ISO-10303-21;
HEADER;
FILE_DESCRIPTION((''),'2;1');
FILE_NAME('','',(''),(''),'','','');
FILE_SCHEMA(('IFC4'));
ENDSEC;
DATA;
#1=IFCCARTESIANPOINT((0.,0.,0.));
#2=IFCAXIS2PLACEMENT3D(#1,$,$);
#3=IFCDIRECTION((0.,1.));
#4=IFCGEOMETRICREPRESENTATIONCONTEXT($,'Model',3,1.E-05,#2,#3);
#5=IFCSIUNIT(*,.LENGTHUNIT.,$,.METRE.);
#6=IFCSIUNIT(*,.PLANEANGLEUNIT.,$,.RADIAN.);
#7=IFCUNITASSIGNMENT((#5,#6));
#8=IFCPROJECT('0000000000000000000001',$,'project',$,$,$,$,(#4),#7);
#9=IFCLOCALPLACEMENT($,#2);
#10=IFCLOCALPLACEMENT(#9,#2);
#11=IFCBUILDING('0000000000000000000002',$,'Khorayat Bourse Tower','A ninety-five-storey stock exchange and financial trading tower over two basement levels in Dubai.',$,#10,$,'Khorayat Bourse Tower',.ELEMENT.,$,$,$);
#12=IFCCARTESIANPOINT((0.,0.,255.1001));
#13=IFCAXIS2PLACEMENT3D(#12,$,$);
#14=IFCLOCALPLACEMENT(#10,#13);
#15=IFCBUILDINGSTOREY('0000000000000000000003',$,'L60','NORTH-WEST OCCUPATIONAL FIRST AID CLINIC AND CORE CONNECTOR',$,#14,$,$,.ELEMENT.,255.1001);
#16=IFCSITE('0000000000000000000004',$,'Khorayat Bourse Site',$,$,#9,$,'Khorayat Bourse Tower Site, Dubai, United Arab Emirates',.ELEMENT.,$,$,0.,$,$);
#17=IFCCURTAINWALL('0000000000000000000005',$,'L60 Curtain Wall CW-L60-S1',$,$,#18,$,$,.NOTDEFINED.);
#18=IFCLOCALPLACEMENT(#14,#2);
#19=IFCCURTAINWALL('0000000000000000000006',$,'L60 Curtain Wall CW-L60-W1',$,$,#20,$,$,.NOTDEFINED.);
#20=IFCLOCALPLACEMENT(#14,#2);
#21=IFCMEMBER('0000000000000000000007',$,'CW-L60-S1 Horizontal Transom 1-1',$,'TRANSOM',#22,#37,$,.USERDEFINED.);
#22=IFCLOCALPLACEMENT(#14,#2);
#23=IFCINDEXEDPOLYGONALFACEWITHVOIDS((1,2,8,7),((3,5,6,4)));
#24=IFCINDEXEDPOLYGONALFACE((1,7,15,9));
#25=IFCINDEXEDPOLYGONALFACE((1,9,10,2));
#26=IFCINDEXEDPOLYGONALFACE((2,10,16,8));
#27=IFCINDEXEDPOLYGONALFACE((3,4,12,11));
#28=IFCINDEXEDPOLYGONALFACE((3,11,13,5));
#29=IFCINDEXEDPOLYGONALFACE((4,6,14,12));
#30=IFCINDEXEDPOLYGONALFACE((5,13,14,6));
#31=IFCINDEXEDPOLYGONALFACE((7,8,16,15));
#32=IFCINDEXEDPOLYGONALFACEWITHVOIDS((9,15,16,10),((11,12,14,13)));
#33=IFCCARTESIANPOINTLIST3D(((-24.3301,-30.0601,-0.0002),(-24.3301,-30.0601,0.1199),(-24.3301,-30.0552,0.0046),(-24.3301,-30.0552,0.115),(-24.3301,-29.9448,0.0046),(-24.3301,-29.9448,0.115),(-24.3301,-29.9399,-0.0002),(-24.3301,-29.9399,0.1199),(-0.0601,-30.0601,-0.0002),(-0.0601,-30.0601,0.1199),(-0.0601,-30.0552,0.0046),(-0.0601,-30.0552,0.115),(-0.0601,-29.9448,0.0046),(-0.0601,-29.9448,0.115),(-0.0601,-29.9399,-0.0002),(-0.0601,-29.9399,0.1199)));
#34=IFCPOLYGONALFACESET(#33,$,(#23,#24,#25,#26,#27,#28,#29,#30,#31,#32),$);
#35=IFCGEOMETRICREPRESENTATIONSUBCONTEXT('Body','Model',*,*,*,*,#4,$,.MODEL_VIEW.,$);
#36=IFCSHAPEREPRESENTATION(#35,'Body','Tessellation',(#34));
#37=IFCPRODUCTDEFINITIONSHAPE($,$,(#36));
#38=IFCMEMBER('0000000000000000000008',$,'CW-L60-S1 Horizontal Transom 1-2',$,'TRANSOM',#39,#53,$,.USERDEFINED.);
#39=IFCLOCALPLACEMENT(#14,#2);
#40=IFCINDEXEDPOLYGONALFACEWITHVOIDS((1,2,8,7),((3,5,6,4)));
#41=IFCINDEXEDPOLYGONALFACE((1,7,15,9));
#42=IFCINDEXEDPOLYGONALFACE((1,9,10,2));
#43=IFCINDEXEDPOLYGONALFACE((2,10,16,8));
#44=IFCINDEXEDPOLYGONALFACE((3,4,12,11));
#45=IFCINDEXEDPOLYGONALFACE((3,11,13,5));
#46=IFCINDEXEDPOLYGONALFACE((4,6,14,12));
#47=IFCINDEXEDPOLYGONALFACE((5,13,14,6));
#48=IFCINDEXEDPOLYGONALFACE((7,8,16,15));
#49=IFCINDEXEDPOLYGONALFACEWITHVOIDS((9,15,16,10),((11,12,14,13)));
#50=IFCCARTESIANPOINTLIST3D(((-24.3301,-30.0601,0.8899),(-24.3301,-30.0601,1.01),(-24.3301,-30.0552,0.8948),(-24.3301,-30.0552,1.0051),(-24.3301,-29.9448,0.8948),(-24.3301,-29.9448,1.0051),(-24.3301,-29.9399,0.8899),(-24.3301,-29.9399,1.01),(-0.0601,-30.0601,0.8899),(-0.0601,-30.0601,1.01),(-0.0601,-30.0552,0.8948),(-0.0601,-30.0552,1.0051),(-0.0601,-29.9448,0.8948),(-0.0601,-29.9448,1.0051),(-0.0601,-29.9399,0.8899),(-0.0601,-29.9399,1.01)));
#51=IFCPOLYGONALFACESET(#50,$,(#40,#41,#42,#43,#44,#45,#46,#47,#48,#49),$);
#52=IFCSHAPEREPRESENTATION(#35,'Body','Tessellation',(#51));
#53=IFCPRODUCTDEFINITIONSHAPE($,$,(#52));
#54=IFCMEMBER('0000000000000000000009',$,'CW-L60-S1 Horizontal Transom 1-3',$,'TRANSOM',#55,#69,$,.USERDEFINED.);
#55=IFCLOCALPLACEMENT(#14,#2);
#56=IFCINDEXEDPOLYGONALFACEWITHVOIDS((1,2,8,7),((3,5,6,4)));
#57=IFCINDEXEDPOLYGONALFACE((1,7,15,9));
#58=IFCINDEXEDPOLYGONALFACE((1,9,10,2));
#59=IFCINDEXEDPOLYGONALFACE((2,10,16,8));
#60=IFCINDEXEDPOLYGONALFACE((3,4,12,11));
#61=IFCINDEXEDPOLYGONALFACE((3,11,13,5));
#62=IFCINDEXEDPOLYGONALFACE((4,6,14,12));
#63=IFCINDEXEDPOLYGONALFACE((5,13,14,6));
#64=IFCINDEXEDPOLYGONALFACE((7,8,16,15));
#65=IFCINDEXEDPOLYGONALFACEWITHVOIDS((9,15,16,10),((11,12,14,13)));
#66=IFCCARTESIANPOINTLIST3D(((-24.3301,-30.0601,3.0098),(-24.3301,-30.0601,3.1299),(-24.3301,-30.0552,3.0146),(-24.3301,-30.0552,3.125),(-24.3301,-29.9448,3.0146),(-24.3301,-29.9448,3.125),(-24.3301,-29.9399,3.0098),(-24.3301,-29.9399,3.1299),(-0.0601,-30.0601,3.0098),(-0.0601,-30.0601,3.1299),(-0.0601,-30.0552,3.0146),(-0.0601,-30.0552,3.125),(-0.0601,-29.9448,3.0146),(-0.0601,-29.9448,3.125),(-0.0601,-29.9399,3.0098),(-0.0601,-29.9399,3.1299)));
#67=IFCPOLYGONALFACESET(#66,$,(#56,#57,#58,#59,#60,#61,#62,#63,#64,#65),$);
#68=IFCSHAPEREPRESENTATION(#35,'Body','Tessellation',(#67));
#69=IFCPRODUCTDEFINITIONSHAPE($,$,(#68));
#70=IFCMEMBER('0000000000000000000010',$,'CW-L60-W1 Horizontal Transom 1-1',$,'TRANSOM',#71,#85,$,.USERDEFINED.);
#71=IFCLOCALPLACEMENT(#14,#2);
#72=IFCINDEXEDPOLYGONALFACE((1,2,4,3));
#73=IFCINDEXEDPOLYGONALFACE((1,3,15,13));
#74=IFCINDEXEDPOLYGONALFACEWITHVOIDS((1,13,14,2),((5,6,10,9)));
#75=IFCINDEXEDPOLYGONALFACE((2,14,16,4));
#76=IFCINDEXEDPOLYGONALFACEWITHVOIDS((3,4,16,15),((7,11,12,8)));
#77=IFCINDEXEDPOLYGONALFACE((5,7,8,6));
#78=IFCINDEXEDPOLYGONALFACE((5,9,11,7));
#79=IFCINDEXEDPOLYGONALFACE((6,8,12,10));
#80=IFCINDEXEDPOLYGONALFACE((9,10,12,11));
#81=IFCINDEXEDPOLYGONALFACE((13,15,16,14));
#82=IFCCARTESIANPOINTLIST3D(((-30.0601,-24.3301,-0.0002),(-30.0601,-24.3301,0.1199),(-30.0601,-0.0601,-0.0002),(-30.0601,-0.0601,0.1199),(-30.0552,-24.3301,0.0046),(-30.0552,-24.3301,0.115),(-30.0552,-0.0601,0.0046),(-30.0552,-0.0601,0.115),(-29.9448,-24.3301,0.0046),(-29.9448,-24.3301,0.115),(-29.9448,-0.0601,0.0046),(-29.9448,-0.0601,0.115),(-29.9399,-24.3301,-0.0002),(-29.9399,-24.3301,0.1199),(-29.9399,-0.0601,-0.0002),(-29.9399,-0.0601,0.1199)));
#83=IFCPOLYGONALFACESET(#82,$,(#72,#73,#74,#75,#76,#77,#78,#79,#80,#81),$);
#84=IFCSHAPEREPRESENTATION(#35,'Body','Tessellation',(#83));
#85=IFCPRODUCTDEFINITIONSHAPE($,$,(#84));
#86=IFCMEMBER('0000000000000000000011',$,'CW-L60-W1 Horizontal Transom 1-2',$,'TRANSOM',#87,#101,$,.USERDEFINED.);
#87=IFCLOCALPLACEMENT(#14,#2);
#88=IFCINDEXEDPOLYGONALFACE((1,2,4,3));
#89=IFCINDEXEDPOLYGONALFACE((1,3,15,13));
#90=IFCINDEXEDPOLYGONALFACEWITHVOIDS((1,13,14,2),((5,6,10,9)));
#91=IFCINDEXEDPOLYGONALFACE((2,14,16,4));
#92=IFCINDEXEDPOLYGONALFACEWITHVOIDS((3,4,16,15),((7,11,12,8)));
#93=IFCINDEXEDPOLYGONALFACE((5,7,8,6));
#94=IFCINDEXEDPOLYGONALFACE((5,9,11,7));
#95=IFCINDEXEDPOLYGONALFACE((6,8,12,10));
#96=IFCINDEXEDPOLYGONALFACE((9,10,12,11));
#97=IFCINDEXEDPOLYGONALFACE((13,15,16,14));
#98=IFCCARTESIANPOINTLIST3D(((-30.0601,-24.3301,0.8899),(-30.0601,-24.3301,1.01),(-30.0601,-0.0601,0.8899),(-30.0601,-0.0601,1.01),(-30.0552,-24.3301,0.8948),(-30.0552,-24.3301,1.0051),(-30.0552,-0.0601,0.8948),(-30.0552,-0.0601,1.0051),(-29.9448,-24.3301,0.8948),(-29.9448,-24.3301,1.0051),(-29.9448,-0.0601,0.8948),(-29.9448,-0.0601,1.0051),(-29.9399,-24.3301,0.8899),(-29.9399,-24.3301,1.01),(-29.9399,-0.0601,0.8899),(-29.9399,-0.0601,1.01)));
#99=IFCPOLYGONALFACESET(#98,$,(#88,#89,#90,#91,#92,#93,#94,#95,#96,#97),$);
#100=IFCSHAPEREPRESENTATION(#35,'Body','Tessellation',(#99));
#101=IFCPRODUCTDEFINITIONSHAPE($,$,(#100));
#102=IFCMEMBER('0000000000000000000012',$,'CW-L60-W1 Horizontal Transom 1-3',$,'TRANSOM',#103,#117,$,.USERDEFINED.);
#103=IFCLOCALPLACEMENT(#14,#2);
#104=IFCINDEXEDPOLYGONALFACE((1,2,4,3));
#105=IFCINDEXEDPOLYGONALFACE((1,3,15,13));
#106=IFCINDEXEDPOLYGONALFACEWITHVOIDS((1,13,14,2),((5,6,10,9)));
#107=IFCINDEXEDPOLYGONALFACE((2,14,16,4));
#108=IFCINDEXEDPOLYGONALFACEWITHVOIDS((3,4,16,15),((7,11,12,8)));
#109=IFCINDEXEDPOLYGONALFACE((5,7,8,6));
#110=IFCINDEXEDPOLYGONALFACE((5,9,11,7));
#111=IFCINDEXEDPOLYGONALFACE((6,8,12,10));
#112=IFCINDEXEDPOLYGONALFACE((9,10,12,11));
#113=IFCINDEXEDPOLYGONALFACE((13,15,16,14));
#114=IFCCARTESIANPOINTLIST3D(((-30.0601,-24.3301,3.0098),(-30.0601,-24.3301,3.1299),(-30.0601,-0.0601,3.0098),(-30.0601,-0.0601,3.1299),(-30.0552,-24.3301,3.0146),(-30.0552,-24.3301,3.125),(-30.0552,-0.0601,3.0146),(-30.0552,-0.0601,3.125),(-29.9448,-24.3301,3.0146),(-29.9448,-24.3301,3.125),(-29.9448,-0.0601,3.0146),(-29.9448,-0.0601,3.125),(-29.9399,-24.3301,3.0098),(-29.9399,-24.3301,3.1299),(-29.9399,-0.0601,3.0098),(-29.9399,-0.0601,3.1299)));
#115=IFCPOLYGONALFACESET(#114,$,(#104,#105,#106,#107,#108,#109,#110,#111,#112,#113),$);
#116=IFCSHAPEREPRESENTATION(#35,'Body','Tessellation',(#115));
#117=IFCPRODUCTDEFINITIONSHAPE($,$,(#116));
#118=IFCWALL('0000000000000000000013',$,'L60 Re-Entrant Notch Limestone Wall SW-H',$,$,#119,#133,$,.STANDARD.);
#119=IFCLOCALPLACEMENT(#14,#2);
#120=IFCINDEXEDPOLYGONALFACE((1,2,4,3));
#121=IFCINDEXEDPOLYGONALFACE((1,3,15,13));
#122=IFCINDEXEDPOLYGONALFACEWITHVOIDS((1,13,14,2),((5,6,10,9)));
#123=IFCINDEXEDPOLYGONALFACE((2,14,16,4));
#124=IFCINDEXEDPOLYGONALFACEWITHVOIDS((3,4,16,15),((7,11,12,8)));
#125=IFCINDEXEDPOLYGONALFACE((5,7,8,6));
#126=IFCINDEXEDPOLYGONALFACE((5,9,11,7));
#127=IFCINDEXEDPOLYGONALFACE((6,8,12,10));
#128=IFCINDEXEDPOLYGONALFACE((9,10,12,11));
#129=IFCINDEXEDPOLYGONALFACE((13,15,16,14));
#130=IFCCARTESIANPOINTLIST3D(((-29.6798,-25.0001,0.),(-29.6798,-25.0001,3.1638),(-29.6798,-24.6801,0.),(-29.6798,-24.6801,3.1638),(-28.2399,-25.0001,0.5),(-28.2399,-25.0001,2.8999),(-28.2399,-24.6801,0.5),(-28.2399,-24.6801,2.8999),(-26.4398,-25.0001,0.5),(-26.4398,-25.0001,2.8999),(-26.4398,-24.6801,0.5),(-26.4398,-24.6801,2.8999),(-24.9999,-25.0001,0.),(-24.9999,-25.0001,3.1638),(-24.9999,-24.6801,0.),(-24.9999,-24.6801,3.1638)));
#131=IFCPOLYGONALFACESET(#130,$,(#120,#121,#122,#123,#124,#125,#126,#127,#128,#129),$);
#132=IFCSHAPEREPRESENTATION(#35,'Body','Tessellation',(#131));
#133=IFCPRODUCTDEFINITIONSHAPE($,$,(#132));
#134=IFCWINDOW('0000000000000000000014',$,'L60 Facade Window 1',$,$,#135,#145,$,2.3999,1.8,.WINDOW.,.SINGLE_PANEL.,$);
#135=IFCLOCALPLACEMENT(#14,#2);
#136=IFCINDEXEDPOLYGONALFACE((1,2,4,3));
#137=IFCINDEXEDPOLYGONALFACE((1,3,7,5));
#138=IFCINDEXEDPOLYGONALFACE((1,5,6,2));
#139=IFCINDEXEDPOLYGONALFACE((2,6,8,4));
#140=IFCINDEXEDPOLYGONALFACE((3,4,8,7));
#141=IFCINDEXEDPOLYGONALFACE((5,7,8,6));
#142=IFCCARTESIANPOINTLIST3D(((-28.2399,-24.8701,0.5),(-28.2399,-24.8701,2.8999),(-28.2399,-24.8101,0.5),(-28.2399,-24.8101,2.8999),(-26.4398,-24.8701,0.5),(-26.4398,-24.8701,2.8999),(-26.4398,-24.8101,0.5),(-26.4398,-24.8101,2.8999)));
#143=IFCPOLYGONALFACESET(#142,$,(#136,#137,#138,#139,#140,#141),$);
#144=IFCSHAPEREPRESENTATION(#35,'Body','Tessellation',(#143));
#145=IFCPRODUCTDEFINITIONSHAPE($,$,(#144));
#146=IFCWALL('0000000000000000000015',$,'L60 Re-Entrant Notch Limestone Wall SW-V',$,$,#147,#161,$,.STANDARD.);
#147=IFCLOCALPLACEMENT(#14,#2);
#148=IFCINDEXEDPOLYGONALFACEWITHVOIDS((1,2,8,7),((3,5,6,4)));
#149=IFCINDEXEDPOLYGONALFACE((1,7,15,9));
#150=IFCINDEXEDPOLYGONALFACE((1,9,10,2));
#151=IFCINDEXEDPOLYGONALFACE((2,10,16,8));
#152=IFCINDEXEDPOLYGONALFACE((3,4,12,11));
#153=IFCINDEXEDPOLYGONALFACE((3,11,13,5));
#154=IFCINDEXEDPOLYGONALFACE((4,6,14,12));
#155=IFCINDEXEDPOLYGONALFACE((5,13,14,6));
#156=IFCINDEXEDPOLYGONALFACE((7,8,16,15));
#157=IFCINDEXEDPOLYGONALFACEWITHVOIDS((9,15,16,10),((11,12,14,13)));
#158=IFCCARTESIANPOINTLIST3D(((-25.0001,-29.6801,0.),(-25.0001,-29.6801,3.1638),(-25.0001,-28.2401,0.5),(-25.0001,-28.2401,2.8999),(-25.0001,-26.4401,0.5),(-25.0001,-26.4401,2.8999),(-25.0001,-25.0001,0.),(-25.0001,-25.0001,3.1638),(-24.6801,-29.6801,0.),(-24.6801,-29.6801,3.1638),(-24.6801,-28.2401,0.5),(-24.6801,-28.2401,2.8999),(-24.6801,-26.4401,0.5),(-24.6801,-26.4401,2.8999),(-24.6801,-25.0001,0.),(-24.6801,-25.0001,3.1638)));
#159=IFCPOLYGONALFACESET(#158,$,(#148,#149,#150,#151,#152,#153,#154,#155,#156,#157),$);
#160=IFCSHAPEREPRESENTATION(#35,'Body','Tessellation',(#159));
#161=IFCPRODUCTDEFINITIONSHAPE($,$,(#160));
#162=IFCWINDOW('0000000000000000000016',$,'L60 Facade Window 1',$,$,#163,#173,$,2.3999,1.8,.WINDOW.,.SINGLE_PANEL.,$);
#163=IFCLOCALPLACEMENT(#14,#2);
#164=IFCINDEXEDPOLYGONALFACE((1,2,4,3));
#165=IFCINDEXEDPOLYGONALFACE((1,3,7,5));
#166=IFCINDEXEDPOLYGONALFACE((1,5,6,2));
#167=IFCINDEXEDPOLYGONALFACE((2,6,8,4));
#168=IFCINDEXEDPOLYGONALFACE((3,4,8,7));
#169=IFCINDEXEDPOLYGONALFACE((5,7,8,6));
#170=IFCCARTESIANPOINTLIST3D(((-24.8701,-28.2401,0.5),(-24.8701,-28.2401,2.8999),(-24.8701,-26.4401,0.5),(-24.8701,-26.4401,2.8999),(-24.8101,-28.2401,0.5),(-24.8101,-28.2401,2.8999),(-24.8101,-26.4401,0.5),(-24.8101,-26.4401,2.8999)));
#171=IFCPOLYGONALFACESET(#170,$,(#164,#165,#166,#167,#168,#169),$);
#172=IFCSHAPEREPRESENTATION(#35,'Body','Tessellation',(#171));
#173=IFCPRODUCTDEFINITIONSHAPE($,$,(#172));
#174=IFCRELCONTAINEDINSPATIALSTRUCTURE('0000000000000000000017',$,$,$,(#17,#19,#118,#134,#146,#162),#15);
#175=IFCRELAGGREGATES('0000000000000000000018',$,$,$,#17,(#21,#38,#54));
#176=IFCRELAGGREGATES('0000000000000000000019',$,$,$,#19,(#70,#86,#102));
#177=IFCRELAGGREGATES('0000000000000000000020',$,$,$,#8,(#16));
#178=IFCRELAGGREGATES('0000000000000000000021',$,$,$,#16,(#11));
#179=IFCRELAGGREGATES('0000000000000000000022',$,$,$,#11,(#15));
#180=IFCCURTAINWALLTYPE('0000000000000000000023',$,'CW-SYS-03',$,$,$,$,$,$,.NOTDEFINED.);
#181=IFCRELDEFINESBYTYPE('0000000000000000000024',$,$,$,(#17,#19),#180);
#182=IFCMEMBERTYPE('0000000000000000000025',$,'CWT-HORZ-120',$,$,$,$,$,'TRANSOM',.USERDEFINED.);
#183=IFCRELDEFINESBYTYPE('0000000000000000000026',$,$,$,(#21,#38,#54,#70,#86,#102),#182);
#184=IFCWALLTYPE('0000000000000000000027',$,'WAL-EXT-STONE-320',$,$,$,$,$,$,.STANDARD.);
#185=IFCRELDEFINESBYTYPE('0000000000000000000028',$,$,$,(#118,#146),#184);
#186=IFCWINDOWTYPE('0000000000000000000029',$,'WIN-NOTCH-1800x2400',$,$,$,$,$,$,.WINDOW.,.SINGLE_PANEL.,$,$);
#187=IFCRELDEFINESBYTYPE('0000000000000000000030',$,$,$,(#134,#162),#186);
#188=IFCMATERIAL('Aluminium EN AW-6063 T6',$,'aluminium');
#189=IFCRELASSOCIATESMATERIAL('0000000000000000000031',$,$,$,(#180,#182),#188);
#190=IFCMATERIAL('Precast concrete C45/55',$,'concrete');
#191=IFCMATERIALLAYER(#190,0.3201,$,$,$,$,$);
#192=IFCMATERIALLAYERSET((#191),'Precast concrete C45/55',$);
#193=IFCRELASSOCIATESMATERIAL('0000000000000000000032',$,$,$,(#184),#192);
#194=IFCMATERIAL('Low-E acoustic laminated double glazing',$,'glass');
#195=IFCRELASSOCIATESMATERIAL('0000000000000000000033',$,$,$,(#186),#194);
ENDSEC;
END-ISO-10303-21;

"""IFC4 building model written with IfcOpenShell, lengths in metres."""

from ifc_helpers import new_model, si_unit, direction, frame, frame_2d, origin, origin_2d, place, context, subcontext, project, spatial, rectangle, hollow_rectangle, extrude, source, transform, mapped, material, layer, layer_set, material_profile, profile_set, type_object, element, fill, aggregate, save


model = new_model("IFC4")

# Units and contexts
model_context = context("Model", 3, precision=1e-05, world=origin(), true_north=direction((0.0, 1.0)))
body_context = subcontext(model_context, "Body", "Model", "MODEL_VIEW")
ifc_project = project(units=[si_unit("LENGTHUNIT", "METRE"), si_unit("PLANEANGLEUNIT", "RADIAN")], contexts=[model_context])

# Site, building, storey
site_placement = place(None, origin())
site = spatial("IfcSite", under=ifc_project, at=site_placement, Name="Khorayat Bourse Site", LongName="Khorayat Bourse Tower Site, Dubai, United Arab Emirates", CompositionType="ELEMENT", RefElevation=0.0)
building_placement = place(site_placement, origin())
building = spatial("IfcBuilding", under=site, at=building_placement, Name="Khorayat Bourse Tower", Description="A ninety-five-storey stock exchange and financial trading tower over two basement levels in Dubai.", LongName="Khorayat Bourse Tower", CompositionType="ELEMENT")
storey_placement = place(building_placement, frame((0.0, 0.0, 255.1001)))
storey = spatial("IfcBuildingStorey", under=building, at=storey_placement, Name="L60", Description="NORTH-WEST OCCUPATIONAL FIRST AID CLINIC AND CORE CONNECTOR", CompositionType="ELEMENT", Elevation=255.1001)

# Curtain walls
ifc_material_1 = material(Name="Aluminium EN AW-6063 T6", Category="aluminium")
curtain_wall_type = type_object("IfcCurtainWallType", Name="CW-SYS-03", PredefinedType="NOTDEFINED", material=ifc_material_1)
curtain_wall_1_placement = place(storey_placement, origin())
curtain_wall_1 = element("IfcCurtainWall", 1, at=curtain_wall_1_placement, inside=storey, type_object=curtain_wall_type, Name="L60 Curtain Wall CW-L60-S1", PredefinedType="NOTDEFINED")
curtain_wall_2_placement = place(storey_placement, origin())
curtain_wall_2 = element("IfcCurtainWall", 2, at=curtain_wall_2_placement, inside=storey, type_object=curtain_wall_type, Name="L60 Curtain Wall CW-L60-W1", PredefinedType="NOTDEFINED")

# Members
ifc_material_profile_1 = material_profile(ifc_material_1, hollow_rectangle(XDim=0.1201, YDim=0.1201, WallThickness=0.0049, at=origin_2d()), Name="ALU 120x120x5")
ifc_profile_set_1 = profile_set([ifc_material_profile_1], Name="Aluminium EN AW-6063 T6")
member_type_1 = type_object("IfcMemberType", Name="CWT-HORZ-120", ElementType="TRANSOM", PredefinedType="USERDEFINED", material=ifc_profile_set_1)
shared_shape_1 = source(origin(), body_context, "Body", "SweptSolid", [
    extrude(hollow_rectangle(XDim=0.1201, YDim=0.1201, WallThickness=0.0049, at=origin_2d()), origin(), (0.0, 0.0, 1.0), 24.27),
])
member_1_placement = place(storey_placement, frame((-24.3301, -30.0, 0.0598), z_axis=(1.0, 0.0, 0.0), x_axis=(0.0, 1.0, 0.0)))
member_1 = element("IfcMember", 3, at=member_1_placement, type_object=member_type_1, Name="CW-L60-S1 Horizontal Transom 1-1", ObjectType="TRANSOM", PredefinedType="USERDEFINED", context=body_context, shape_type="MappedRepresentation", body=[
    mapped(shared_shape_1, transform((0.0, 0.0, 0.0), scale=1.0)),
])
member_2_placement = place(storey_placement, frame((-24.3301, -30.0, 0.95), z_axis=(1.0, 0.0, 0.0), x_axis=(0.0, 1.0, 0.0)))
member_2 = element("IfcMember", 4, at=member_2_placement, type_object=member_type_1, Name="CW-L60-S1 Horizontal Transom 1-2", ObjectType="TRANSOM", PredefinedType="USERDEFINED", context=body_context, shape_type="MappedRepresentation", body=[
    mapped(shared_shape_1, transform((0.0, 0.0, 0.0), scale=1.0)),
])
member_3_placement = place(storey_placement, frame((-24.3301, -30.0, 3.0698), z_axis=(1.0, 0.0, 0.0), x_axis=(0.0, 1.0, 0.0)))
member_3 = element("IfcMember", 5, at=member_3_placement, type_object=member_type_1, Name="CW-L60-S1 Horizontal Transom 1-3", ObjectType="TRANSOM", PredefinedType="USERDEFINED", context=body_context, shape_type="MappedRepresentation", body=[
    mapped(shared_shape_1, transform((0.0, 0.0, 0.0), scale=1.0)),
])
aggregate(curtain_wall_1, [member_1, member_2, member_3])
member_4_placement = place(storey_placement, frame((-30.0, -24.3301, 0.0598), z_axis=(0.0, 1.0, 0.0), x_axis=(-1.0, 0.0, 0.0)))
member_4 = element("IfcMember", 6, at=member_4_placement, type_object=member_type_1, Name="CW-L60-W1 Horizontal Transom 1-1", ObjectType="TRANSOM", PredefinedType="USERDEFINED", context=body_context, shape_type="MappedRepresentation", body=[
    mapped(shared_shape_1, transform((0.0, 0.0, 0.0), scale=1.0)),
])
member_5_placement = place(storey_placement, frame((-30.0, -24.3301, 0.95), z_axis=(0.0, 1.0, 0.0), x_axis=(-1.0, 0.0, 0.0)))
member_5 = element("IfcMember", 7, at=member_5_placement, type_object=member_type_1, Name="CW-L60-W1 Horizontal Transom 1-2", ObjectType="TRANSOM", PredefinedType="USERDEFINED", context=body_context, shape_type="MappedRepresentation", body=[
    mapped(shared_shape_1, transform((0.0, 0.0, 0.0), scale=1.0)),
])
member_6_placement = place(storey_placement, frame((-30.0, -24.3301, 3.0698), z_axis=(0.0, 1.0, 0.0), x_axis=(-1.0, 0.0, 0.0)))
member_6 = element("IfcMember", 8, at=member_6_placement, type_object=member_type_1, Name="CW-L60-W1 Horizontal Transom 1-3", ObjectType="TRANSOM", PredefinedType="USERDEFINED", context=body_context, shape_type="MappedRepresentation", body=[
    mapped(shared_shape_1, transform((0.0, 0.0, 0.0), scale=1.0)),
])
aggregate(curtain_wall_2, [member_4, member_5, member_6])

# Walls, openings, windows
ifc_material_2 = material(Name="Precast concrete C45/55", Category="concrete")
ifc_layer = layer(ifc_material_2, 0.3201)
ifc_layer_set = layer_set([ifc_layer], Name="Precast concrete C45/55")
wall_type = type_object("IfcWallType", Name="WAL-EXT-STONE-320", PredefinedType="STANDARD", material=ifc_layer_set)
shared_shape_2 = source(origin(), body_context, "Body", "SweptSolid", [
    extrude(rectangle(XDim=4.6799, YDim=0.3201, at=frame_2d((2.3398, 0.0))), origin(), (0.0, 0.0, 1.0), 3.1638),
])
wall_1_placement = place(storey_placement, frame((-25.0, -24.8401, 0.0), z_axis=(0.0, 0.0, 1.0), x_axis=(-1.0, 0.0, 0.0)))
wall_1 = element("IfcWall", 9, at=wall_1_placement, inside=storey, type_object=wall_type, Name="L60 Re-Entrant Notch Limestone Wall SW-H", PredefinedType="STANDARD", context=body_context, shape_type="MappedRepresentation", body=[
    mapped(shared_shape_2, transform((0.0, 0.0, 0.0), scale=1.0)),
])
shared_shape_3 = source(origin(), body_context, "Body", "SweptSolid", [
    extrude(rectangle(XDim=1.8, YDim=2.3999, at=frame_2d((0.8999, 1.2))), frame((0.0, 0.1699, 0.0), z_axis=(0.0, -1.0, 0.0), x_axis=(1.0, 0.0, 0.0)), (0.0, 0.0, 1.0), 0.3401),
])
opening_1_placement = place(wall_1_placement, frame((1.4399, 0.0, 0.5)))
opening_1 = element("IfcOpeningElement", 10, at=opening_1_placement, cuts=wall_1, PredefinedType="OPENING", context=body_context, shape_type="MappedRepresentation", body=[
    mapped(shared_shape_3, transform((0.0, 0.0, 0.0), scale=1.0)),
])
ifc_material_3 = material(Name="Low-E acoustic laminated double glazing", Category="glass")
window_type = type_object("IfcWindowType", Name="WIN-NOTCH-1800x2400", PartitioningType="SINGLE_PANEL", PredefinedType="WINDOW", material=ifc_material_3)
shared_shape_4 = source(origin(), body_context, "Body", "SweptSolid", [
    extrude(rectangle(XDim=1.8, YDim=2.3999, at=frame_2d((0.8999, 1.2))), frame((0.0, 0.03, 0.0), z_axis=(0.0, -1.0, 0.0), x_axis=(1.0, 0.0, 0.0)), (0.0, 0.0, 1.0), 0.0601),
])
window_1_placement = place(opening_1_placement, origin())
window_1 = element("IfcWindow", 11, at=window_1_placement, inside=storey, type_object=window_type, Name="L60 Facade Window 1", OverallHeight=2.3999, OverallWidth=1.8, PartitioningType="SINGLE_PANEL", PredefinedType="WINDOW", context=body_context, shape_type="MappedRepresentation", body=[
    mapped(shared_shape_4, transform((0.0, 0.0, 0.0), scale=1.0)),
])
fill(opening_1, window_1)
wall_2_placement = place(storey_placement, frame((-24.8401, -29.6799, 0.0), z_axis=(0.0, 0.0, 1.0), x_axis=(0.0, 1.0, 0.0)))
wall_2 = element("IfcWall", 12, at=wall_2_placement, inside=storey, type_object=wall_type, Name="L60 Re-Entrant Notch Limestone Wall SW-V", PredefinedType="STANDARD", context=body_context, shape_type="MappedRepresentation", body=[
    mapped(shared_shape_2, transform((0.0, 0.0, 0.0), scale=1.0)),
])
opening_2_placement = place(wall_2_placement, frame((1.4399, 0.0, 0.5)))
opening_2 = element("IfcOpeningElement", 13, at=opening_2_placement, cuts=wall_2, PredefinedType="OPENING", context=body_context, shape_type="MappedRepresentation", body=[
    mapped(shared_shape_3, transform((0.0, 0.0, 0.0), scale=1.0)),
])
window_2_placement = place(opening_2_placement, origin())
window_2 = element("IfcWindow", 14, at=window_2_placement, inside=storey, type_object=window_type, Name="L60 Facade Window 1", OverallHeight=2.3999, OverallWidth=1.8, PartitioningType="SINGLE_PANEL", PredefinedType="WINDOW", context=body_context, shape_type="MappedRepresentation", body=[
    mapped(shared_shape_4, transform((0.0, 0.0, 0.0), scale=1.0)),
])
fill(opening_2, window_2)

save(model, "model.ifc")
